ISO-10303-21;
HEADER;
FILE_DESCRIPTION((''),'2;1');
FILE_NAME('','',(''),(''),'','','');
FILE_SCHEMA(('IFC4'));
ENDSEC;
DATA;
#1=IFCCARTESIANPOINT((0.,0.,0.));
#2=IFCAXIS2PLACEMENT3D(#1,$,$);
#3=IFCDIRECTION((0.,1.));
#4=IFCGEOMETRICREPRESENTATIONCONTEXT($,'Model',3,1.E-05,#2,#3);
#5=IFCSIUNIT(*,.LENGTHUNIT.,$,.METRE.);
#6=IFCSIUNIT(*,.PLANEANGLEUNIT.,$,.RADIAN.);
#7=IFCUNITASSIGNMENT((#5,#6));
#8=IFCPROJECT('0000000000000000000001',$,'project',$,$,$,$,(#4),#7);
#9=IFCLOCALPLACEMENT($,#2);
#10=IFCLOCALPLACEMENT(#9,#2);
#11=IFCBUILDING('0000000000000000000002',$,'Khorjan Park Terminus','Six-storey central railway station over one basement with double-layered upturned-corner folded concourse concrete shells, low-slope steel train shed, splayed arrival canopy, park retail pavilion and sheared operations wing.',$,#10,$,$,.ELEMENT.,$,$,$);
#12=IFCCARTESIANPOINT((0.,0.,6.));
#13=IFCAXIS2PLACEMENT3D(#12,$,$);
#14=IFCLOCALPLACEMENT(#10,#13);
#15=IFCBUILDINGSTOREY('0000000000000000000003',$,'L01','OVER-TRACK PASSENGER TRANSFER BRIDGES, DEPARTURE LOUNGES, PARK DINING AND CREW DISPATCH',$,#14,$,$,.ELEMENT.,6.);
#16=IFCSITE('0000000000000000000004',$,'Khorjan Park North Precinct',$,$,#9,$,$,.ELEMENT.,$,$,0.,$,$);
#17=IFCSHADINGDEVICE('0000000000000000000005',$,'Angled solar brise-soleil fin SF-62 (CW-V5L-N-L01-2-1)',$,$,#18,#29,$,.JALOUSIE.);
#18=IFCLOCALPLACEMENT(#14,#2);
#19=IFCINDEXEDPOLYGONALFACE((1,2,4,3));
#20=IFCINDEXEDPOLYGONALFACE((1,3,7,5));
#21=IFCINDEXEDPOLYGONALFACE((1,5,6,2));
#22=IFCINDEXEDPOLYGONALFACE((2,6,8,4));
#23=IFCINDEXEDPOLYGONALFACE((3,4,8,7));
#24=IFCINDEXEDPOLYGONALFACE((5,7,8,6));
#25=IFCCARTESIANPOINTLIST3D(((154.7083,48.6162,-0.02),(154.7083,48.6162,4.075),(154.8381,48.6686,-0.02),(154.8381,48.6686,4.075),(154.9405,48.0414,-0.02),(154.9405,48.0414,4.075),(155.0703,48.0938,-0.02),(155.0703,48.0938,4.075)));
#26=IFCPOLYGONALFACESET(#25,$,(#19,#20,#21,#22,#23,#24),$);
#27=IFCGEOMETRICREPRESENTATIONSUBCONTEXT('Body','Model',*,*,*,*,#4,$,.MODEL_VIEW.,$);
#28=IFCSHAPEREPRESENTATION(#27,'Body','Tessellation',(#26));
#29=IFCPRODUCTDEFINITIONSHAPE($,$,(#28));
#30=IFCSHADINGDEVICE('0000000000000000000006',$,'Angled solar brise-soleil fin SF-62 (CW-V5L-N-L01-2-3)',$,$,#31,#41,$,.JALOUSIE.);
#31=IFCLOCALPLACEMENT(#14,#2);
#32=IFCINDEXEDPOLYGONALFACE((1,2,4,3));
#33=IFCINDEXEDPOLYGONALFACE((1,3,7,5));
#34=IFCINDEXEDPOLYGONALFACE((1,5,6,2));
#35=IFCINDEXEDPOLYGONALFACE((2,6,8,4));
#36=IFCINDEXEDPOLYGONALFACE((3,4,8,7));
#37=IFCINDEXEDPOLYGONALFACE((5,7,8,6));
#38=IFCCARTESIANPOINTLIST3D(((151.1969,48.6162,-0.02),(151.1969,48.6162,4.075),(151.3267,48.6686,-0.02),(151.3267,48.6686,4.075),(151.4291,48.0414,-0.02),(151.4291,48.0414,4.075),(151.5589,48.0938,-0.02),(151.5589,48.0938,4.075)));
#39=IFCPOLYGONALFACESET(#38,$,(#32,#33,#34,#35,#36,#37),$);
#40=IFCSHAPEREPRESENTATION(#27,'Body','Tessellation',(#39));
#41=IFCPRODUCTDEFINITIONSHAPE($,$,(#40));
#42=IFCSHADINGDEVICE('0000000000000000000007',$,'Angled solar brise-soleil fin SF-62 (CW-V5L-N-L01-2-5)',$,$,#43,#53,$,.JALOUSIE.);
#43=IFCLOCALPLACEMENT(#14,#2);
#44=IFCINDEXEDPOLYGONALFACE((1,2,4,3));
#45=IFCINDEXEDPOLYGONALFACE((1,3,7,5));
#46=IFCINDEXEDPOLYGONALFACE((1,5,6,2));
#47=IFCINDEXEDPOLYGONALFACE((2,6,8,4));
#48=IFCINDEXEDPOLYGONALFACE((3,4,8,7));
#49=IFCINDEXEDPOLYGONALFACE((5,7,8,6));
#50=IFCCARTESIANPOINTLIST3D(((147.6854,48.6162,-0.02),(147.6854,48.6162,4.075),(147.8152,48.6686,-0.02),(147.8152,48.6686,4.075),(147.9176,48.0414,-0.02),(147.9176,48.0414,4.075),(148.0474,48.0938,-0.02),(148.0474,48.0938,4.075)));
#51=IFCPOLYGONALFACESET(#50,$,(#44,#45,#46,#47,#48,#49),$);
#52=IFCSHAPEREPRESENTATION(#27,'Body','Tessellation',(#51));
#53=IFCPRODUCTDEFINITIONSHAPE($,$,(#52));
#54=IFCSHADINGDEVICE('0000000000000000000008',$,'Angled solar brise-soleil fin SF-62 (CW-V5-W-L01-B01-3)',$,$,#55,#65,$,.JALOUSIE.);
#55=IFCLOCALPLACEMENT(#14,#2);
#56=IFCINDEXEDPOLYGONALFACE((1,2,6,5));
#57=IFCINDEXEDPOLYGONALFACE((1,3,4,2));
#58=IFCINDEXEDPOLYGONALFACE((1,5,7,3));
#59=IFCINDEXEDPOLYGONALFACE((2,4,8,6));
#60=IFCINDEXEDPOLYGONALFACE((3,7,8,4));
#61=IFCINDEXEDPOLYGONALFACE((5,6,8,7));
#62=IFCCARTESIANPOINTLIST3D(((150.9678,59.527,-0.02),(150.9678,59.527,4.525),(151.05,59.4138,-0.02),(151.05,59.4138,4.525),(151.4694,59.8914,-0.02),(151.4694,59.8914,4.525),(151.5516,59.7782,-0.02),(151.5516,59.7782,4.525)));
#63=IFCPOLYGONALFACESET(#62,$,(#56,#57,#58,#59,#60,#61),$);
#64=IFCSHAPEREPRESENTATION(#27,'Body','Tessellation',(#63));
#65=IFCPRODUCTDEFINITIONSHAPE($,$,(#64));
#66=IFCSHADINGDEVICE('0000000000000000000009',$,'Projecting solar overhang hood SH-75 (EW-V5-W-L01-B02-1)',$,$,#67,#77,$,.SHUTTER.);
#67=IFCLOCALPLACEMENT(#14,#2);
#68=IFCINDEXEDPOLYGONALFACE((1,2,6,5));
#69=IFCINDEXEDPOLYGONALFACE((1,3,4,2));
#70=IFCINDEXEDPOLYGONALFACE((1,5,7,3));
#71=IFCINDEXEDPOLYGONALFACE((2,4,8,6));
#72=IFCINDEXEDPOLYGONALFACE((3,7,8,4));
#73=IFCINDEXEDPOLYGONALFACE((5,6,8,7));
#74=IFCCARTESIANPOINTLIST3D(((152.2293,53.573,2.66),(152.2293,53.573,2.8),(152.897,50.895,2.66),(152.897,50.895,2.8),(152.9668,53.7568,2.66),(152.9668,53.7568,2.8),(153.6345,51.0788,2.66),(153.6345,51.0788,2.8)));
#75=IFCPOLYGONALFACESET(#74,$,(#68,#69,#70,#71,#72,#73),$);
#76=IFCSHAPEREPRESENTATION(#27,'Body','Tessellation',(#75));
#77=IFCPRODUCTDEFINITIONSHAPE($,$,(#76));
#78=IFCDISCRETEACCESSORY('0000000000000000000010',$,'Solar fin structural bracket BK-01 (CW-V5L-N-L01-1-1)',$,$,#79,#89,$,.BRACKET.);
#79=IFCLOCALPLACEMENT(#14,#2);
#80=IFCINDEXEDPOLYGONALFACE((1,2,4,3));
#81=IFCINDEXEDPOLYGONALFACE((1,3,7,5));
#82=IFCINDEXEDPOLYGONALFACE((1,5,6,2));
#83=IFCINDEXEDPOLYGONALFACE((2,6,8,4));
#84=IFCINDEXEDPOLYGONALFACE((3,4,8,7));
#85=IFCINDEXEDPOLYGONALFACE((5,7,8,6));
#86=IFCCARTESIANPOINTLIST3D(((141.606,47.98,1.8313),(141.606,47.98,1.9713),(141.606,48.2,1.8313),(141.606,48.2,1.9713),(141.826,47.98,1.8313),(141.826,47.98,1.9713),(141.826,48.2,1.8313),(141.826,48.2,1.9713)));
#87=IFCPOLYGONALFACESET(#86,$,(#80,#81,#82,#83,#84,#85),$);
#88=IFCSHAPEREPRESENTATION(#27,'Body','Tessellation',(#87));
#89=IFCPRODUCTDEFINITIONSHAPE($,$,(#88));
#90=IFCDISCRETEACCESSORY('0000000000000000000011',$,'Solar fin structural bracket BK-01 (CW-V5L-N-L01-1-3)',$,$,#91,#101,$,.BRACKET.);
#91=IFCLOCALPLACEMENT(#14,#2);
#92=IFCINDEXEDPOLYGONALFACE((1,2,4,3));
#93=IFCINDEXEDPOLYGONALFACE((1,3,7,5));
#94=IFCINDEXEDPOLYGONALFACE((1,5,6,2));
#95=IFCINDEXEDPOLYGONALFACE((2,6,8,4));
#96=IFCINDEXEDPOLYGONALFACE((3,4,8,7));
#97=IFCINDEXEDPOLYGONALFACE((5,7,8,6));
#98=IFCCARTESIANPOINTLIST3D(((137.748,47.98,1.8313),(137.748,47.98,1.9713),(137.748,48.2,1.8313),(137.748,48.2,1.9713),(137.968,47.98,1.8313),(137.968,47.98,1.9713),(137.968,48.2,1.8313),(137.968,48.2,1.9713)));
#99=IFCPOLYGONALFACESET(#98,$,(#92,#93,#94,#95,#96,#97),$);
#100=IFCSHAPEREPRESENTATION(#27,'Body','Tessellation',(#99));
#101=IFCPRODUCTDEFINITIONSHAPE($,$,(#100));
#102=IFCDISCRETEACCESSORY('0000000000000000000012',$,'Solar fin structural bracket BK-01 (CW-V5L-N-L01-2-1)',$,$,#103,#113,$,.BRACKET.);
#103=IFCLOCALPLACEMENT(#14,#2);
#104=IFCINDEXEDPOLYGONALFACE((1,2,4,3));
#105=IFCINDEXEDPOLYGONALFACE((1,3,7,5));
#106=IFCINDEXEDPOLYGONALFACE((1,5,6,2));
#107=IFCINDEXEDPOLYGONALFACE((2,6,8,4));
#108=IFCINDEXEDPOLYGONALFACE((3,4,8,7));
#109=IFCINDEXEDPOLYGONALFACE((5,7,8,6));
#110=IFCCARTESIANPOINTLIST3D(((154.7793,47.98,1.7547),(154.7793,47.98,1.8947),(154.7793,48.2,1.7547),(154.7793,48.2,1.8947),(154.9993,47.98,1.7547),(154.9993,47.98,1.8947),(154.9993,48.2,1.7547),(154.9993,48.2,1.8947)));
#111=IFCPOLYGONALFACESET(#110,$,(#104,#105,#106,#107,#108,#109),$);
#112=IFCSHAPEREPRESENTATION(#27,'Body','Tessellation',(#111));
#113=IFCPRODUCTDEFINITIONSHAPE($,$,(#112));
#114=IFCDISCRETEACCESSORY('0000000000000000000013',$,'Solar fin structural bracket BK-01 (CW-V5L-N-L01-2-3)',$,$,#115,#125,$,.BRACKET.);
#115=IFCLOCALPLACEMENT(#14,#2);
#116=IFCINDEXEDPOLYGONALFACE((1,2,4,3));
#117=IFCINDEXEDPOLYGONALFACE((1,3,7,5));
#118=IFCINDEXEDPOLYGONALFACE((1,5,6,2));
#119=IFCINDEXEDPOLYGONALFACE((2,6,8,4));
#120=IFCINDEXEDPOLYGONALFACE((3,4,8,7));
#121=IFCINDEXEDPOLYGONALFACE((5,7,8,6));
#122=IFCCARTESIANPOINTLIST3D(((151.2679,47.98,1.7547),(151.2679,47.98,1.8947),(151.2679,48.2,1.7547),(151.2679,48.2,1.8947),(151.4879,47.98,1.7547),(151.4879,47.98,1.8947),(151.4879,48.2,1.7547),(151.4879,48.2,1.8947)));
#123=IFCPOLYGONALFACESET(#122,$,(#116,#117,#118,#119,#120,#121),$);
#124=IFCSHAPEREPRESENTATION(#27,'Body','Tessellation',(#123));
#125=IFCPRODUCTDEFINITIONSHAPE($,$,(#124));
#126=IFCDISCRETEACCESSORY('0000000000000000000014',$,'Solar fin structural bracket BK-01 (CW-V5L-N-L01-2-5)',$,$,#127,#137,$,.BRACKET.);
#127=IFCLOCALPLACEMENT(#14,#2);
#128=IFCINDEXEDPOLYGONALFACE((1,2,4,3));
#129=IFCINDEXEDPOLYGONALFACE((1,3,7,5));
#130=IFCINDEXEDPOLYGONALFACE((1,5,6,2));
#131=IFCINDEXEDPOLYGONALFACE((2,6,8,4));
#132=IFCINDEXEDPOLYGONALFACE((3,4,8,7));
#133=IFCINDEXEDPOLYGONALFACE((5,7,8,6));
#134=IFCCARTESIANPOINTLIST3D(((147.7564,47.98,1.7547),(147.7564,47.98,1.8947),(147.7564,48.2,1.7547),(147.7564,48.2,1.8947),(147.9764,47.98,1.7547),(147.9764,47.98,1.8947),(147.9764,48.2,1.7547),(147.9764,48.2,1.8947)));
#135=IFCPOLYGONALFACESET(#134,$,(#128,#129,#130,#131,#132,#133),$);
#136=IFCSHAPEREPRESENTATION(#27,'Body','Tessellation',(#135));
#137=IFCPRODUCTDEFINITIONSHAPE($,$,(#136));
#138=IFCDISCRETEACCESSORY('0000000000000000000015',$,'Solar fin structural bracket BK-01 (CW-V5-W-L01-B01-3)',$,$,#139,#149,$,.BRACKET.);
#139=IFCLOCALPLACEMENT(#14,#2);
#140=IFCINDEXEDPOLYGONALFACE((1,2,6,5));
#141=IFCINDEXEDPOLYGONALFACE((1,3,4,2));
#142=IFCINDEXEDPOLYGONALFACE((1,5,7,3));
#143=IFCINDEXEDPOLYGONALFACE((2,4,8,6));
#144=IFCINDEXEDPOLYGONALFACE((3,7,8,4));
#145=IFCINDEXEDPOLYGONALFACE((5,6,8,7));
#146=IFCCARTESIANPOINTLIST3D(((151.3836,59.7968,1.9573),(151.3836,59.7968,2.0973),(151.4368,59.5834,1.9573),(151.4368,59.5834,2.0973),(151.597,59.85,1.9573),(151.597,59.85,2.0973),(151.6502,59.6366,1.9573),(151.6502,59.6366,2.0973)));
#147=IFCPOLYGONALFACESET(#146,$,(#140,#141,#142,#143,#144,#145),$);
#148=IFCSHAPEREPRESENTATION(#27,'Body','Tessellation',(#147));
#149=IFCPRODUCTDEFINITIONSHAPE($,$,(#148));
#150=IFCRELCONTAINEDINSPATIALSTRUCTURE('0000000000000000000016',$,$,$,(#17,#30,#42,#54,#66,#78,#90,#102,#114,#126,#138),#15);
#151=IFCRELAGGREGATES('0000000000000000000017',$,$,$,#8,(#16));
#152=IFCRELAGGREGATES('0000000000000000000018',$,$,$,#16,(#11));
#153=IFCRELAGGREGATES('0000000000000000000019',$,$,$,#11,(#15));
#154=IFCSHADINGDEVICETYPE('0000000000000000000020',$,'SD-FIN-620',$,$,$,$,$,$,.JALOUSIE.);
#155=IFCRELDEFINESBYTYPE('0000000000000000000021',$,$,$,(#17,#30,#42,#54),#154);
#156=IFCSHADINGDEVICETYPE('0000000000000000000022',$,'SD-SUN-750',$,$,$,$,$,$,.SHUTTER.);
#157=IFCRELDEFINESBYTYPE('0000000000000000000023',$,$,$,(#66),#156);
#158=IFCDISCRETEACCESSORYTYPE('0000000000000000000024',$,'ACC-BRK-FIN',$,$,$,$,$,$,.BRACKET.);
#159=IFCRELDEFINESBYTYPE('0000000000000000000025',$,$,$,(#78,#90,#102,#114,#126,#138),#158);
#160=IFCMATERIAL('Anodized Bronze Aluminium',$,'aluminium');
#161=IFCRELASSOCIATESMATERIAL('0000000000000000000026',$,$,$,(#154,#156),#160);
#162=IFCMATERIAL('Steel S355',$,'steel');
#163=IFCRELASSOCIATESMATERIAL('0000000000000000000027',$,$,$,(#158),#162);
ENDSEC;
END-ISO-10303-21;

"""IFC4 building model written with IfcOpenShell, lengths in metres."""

from ifc_helpers import new_model, si_unit, direction, frame, origin, origin_2d, place, context, subcontext, project, spatial, rectangle, extrude, material, type_object, element, save


model = new_model("IFC4")

# Units and contexts
model_context = context("Model", 3, precision=1e-05, world=origin(), true_north=direction((0.0, 1.0)))
body_context = subcontext(model_context, "Body", "Model", "MODEL_VIEW")
ifc_project = project(units=[si_unit("LENGTHUNIT", "METRE"), si_unit("PLANEANGLEUNIT", "RADIAN")], contexts=[model_context])

# Site, building, storey
site_placement = place(None, origin())
site = spatial("IfcSite", under=ifc_project, at=site_placement, Name="Khorjan Park North Precinct", CompositionType="ELEMENT", RefElevation=0.0)
building_placement = place(site_placement, origin())
building = spatial("IfcBuilding", under=site, at=building_placement, Name="Khorjan Park Terminus", Description="Six-storey central railway station over one basement with double-layered upturned-corner folded concourse concrete shells, low-slope steel train shed, splayed arrival canopy, park retail pavilion and sheared operations wing.", CompositionType="ELEMENT")
storey_placement = place(building_placement, frame((0.0, 0.0, 6.0)))
storey = spatial("IfcBuildingStorey", under=building, at=storey_placement, Name="L01", Description="OVER-TRACK PASSENGER TRANSFER BRIDGES, DEPARTURE LOUNGES, PARK DINING AND CREW DISPATCH", CompositionType="ELEMENT", Elevation=6.0)

# Shared definitions
ifc_material_1 = material(Name="Anodized Bronze Aluminium", Category="aluminium")

# Shared definitions
ifc_material_2 = material(Name="Steel S355", Category="steel")

# Shading devices
shading_device_type_1 = type_object("IfcShadingDeviceType", Name="SD-FIN-620", PredefinedType="JALOUSIE", material=ifc_material_1)
for number, where, z_axis, x_axis, name in (
    (1, (154.8893, 48.355, -0.02), (0.0, 0.0, 1.0), (0.374607, -0.927184, 0.0), "Angled solar brise-soleil fin SF-62 (CW-V5L-N-L01-2-1)"),
    (2, (151.3779, 48.355, -0.02), (0.0, 0.0, 1.0), (0.374607, -0.927184, 0.0), "Angled solar brise-soleil fin SF-62 (CW-V5L-N-L01-2-3)"),
    (3, (147.8664, 48.355, -0.02), (0.0, 0.0, 1.0), (0.374607, -0.927184, 0.0), "Angled solar brise-soleil fin SF-62 (CW-V5L-N-L01-2-5)"),
):
    element("IfcShadingDevice", number, at=place(storey_placement, frame(where, z_axis=z_axis, x_axis=x_axis)), inside=storey, type_object=shading_device_type_1, Name=name, PredefinedType="JALOUSIE", context=body_context, shape_type="SweptSolid", body=[
        extrude(rectangle(XDim=0.62, YDim=0.14, at=origin_2d()), origin(), (0.0, 0.0, 1.0), 4.095),
    ])
shading_device_1_placement = place(storey_placement, frame((151.2597, 59.6526, -0.02), z_axis=(0.0, 0.0, 1.0), x_axis=(0.809017, 0.587785, 0.0)))
element("IfcShadingDevice", 4, at=shading_device_1_placement, inside=storey, type_object=shading_device_type_1, Name="Angled solar brise-soleil fin SF-62 (CW-V5-W-L01-B01-3)", PredefinedType="JALOUSIE", context=body_context, shape_type="SweptSolid", body=[
    extrude(rectangle(XDim=0.62, YDim=0.14, at=origin_2d()), origin(), (0.0, 0.0, 1.0), 4.545),
])
shading_device_type_2 = type_object("IfcShadingDeviceType", Name="SD-SUN-750", PredefinedType="SHUTTER", material=ifc_material_1)
shading_device_2_placement = place(storey_placement, frame((152.9319, 52.3259, 2.66), z_axis=(0.0, 0.0, 1.0), x_axis=(0.241922, -0.970296, 0.0)))
element("IfcShadingDevice", 5, at=shading_device_2_placement, inside=storey, type_object=shading_device_type_2, Name="Projecting solar overhang hood SH-75 (EW-V5-W-L01-B02-1)", PredefinedType="SHUTTER", context=body_context, shape_type="SweptSolid", body=[
    extrude(rectangle(XDim=2.76, YDim=0.76, at=origin_2d()), origin(), (0.0, 0.0, 1.0), 0.14),
])

# Discrete accessories
discrete_accessory_type = type_object("IfcDiscreteAccessoryType", Name="ACC-BRK-FIN", PredefinedType="BRACKET", material=ifc_material_2)
for number, where, z_axis, x_axis, name in (
    (6, (141.716, 48.09, 1.8313), (0.0, 0.0, 1.0), (-1.0, 0.0, 0.0), "Solar fin structural bracket BK-01 (CW-V5L-N-L01-1-1)"),
    (7, (137.858, 48.09, 1.8313), (0.0, 0.0, 1.0), (-1.0, 0.0, 0.0), "Solar fin structural bracket BK-01 (CW-V5L-N-L01-1-3)"),
    (8, (154.8893, 48.09, 1.7547), (0.0, 0.0, 1.0), (-1.0, 0.0, 0.0), "Solar fin structural bracket BK-01 (CW-V5L-N-L01-2-1)"),
    (9, (151.3779, 48.09, 1.7547), (0.0, 0.0, 1.0), (-1.0, 0.0, 0.0), "Solar fin structural bracket BK-01 (CW-V5L-N-L01-2-3)"),
    (10, (147.8664, 48.09, 1.7547), (0.0, 0.0, 1.0), (-1.0, 0.0, 0.0), "Solar fin structural bracket BK-01 (CW-V5L-N-L01-2-5)"),
    (11, (151.5169, 59.7167, 1.9573), (0.0, 0.0, 1.0), (0.241913, -0.970298, 0.0), "Solar fin structural bracket BK-01 (CW-V5-W-L01-B01-3)"),
):
    element("IfcDiscreteAccessory", number, at=place(storey_placement, frame(where, z_axis=z_axis, x_axis=x_axis)), inside=storey, type_object=discrete_accessory_type, Name=name, PredefinedType="BRACKET", context=body_context, shape_type="SweptSolid", body=[
        extrude(rectangle(XDim=0.22, YDim=0.22, at=origin_2d()), origin(), (0.0, 0.0, 1.0), 0.14),
    ])

save(model, "model.ifc")
